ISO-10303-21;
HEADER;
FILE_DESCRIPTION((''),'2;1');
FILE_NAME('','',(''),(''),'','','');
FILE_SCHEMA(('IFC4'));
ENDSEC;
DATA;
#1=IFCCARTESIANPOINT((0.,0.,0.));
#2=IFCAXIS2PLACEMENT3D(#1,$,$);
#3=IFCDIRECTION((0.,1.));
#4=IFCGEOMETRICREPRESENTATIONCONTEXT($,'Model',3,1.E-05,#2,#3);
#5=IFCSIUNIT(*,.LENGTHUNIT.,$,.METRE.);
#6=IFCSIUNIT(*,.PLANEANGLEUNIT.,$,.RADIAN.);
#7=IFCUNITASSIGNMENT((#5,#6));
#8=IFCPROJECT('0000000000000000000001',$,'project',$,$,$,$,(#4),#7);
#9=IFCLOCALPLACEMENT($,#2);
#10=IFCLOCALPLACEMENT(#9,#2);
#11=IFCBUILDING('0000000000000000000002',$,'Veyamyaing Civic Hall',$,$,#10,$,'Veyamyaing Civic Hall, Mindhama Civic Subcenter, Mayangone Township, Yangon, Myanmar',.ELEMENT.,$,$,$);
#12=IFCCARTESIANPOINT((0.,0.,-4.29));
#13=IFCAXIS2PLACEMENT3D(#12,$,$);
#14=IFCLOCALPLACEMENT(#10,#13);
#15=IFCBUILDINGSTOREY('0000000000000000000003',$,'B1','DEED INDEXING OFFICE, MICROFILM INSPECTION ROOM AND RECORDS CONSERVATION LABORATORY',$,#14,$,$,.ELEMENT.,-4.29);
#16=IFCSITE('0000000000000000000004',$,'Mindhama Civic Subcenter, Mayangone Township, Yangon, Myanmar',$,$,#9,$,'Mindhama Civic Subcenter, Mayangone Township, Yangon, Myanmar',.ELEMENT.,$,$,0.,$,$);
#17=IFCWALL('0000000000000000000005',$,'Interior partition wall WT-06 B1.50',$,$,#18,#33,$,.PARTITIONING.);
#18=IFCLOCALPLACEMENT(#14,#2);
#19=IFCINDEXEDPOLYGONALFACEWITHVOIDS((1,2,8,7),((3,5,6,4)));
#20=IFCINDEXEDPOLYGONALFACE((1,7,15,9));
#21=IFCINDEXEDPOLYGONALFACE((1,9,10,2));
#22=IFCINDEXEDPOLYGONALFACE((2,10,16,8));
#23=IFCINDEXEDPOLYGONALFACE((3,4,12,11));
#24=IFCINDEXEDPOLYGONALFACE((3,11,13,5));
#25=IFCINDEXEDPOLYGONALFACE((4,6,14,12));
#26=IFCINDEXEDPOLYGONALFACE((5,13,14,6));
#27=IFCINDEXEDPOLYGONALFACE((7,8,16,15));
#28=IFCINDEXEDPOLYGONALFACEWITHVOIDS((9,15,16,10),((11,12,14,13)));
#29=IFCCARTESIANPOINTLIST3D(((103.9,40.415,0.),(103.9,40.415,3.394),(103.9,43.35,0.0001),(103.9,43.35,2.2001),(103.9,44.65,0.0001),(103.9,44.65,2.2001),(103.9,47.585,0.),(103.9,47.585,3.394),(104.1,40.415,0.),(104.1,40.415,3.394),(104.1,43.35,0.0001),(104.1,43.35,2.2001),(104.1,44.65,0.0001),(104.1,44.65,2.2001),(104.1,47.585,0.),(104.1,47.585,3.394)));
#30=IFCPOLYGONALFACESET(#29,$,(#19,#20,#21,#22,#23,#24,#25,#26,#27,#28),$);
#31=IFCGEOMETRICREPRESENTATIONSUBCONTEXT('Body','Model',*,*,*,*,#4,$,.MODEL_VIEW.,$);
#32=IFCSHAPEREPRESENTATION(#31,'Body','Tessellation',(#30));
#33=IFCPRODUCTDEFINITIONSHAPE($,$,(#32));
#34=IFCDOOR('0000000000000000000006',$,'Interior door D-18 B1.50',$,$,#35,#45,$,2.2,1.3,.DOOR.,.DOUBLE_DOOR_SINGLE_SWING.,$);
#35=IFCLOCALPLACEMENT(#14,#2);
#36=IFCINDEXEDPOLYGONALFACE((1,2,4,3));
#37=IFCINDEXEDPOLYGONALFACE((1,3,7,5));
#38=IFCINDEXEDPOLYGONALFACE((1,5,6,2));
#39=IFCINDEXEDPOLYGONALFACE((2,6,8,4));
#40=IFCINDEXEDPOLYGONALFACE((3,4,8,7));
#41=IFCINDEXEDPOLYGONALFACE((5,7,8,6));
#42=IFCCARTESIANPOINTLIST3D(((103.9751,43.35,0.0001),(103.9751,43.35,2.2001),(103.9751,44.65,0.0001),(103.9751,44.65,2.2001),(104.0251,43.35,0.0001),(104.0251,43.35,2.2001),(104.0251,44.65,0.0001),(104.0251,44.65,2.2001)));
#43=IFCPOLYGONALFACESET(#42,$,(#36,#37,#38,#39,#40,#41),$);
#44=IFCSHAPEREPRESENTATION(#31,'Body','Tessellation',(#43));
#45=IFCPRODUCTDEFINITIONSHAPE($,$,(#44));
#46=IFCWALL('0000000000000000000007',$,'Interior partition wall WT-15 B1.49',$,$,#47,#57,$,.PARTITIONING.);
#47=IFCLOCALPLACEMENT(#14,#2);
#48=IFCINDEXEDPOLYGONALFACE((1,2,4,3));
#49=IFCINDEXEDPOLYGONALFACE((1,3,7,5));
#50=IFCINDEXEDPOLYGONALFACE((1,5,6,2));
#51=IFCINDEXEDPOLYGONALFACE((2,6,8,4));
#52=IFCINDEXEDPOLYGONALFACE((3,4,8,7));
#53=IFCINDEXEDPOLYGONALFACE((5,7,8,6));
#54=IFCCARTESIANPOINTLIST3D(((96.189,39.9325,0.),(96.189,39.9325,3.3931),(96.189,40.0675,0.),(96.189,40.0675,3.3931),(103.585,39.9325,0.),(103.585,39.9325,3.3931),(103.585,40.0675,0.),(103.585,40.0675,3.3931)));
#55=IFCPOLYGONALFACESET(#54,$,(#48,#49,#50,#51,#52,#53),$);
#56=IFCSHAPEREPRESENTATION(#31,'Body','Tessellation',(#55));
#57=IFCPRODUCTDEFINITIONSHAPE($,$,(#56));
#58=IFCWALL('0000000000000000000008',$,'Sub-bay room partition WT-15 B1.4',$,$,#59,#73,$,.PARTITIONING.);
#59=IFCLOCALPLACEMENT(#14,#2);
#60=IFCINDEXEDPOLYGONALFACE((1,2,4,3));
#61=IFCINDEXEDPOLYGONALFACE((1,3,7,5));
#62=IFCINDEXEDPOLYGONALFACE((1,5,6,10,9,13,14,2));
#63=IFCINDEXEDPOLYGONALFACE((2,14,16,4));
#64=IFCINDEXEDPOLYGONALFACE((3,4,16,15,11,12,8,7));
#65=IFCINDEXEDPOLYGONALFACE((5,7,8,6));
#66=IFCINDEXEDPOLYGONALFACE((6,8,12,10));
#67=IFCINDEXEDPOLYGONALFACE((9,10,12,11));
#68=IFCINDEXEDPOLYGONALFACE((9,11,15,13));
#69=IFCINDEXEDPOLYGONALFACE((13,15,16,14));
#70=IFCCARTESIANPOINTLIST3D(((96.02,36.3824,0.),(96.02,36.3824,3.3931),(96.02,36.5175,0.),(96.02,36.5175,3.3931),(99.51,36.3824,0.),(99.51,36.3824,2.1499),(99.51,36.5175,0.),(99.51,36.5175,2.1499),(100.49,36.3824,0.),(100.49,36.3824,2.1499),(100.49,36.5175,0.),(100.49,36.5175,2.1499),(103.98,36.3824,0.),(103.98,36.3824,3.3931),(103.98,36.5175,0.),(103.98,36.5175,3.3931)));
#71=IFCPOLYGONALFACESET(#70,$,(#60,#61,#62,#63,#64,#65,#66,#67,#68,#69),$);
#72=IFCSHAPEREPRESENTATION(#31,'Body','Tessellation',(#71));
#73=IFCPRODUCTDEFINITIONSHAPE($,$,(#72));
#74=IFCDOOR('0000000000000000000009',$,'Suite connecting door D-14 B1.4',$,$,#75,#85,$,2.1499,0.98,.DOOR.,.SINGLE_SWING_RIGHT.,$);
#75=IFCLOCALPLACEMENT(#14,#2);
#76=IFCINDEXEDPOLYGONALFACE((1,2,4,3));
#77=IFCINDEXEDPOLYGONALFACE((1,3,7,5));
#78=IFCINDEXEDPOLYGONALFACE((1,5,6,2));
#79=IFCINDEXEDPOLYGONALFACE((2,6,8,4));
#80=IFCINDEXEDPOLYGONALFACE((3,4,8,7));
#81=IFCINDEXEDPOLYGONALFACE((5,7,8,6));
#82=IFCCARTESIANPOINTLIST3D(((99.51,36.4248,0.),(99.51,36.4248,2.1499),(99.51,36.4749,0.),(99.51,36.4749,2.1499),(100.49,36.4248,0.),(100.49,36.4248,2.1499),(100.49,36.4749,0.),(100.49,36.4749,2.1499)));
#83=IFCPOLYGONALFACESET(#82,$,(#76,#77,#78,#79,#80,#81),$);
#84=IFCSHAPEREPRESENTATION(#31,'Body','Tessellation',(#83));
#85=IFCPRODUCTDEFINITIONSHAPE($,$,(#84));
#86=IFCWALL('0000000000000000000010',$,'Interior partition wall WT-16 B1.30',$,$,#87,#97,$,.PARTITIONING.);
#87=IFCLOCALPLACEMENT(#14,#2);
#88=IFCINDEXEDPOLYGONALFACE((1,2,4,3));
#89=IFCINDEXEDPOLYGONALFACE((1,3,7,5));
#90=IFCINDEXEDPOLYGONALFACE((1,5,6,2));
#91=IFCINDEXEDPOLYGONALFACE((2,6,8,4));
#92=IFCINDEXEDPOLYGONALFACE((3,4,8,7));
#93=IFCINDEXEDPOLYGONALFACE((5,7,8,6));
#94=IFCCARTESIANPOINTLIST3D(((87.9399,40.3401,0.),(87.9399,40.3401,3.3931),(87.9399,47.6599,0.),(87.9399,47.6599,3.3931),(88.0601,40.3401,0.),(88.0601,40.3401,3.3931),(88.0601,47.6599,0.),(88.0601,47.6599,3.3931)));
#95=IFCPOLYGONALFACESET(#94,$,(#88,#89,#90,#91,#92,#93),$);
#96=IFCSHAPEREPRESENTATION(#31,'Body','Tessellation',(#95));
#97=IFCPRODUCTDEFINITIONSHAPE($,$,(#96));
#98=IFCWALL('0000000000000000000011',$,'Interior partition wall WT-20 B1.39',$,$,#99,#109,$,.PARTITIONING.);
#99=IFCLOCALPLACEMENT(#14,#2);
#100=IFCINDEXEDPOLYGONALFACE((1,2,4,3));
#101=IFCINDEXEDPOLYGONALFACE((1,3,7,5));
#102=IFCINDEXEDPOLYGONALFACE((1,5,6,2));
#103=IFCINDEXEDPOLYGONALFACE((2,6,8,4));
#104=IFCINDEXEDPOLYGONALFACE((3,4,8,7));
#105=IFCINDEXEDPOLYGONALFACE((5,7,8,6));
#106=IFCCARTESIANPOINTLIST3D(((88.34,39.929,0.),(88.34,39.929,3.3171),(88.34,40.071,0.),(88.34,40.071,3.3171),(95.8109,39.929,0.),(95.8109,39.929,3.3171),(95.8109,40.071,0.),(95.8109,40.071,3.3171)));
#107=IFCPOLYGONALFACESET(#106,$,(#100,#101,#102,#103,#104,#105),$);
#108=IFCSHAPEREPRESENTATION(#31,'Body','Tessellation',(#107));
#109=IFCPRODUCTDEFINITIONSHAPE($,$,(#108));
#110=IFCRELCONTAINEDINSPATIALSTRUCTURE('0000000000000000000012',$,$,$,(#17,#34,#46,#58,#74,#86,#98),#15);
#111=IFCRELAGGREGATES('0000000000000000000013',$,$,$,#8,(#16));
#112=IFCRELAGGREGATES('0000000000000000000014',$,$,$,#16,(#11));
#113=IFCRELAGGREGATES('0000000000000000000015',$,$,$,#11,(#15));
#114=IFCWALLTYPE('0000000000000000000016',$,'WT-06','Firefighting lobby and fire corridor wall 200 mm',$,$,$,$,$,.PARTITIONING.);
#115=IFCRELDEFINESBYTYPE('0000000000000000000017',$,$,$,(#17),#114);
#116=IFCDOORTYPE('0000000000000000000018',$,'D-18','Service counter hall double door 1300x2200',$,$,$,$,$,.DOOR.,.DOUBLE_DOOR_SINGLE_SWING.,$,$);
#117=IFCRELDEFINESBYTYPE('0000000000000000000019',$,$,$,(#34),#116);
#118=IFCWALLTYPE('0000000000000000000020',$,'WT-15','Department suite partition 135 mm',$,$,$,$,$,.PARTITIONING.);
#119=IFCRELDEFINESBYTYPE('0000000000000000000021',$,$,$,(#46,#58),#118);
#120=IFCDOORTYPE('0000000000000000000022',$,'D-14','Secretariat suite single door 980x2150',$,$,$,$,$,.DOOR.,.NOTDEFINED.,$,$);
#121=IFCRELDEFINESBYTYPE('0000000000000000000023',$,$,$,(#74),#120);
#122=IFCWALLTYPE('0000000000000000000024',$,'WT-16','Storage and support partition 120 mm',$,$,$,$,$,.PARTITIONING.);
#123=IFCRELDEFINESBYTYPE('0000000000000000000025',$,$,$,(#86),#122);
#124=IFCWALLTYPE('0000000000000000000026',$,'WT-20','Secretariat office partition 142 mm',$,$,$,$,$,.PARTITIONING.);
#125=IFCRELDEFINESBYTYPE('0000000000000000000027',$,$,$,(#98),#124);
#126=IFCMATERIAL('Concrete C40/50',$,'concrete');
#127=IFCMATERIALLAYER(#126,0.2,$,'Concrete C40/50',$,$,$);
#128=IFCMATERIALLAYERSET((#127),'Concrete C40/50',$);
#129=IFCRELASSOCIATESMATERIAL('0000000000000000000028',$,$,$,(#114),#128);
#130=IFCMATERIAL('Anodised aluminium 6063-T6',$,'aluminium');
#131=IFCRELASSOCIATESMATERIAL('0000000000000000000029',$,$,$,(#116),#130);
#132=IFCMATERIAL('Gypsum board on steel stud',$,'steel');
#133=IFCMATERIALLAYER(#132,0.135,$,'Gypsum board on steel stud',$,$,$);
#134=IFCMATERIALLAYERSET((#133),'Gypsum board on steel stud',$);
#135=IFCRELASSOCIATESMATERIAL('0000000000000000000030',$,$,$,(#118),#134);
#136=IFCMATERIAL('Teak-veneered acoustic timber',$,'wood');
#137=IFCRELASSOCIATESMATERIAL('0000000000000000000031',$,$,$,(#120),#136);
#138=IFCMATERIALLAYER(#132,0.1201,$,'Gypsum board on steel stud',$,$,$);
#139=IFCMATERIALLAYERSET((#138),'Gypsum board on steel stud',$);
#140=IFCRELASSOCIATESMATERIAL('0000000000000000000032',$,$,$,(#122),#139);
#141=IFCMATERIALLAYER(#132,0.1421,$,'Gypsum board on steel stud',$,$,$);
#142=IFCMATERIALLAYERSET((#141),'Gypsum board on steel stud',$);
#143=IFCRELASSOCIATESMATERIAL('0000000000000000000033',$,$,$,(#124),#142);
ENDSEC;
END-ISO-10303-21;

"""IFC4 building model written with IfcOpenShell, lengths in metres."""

from ifc_helpers import new_model, si_unit, direction, frame, frame_2d, origin, place, context, subcontext, project, spatial, rectangle, extrude, material, layer, layer_set, type_object, element, fill, save


model = new_model("IFC4")

# Units and contexts
model_context = context("Model", 3, precision=1e-05, world=origin(), true_north=direction((0.0, 1.0)))
body_context = subcontext(model_context, "Body", "Model", "MODEL_VIEW")
ifc_project = project(units=[si_unit("LENGTHUNIT", "METRE"), si_unit("PLANEANGLEUNIT", "RADIAN")], contexts=[model_context])

# Site, building, storey
site_placement = place(None, origin())
site = spatial("IfcSite", under=ifc_project, at=site_placement, Name="Mindhama Civic Subcenter, Mayangone Township, Yangon, Myanmar", LongName="Mindhama Civic Subcenter, Mayangone Township, Yangon, Myanmar", CompositionType="ELEMENT", RefElevation=0.0)
building_placement = place(site_placement, origin())
building = spatial("IfcBuilding", under=site, at=building_placement, Name="Veyamyaing Civic Hall", LongName="Veyamyaing Civic Hall, Mindhama Civic Subcenter, Mayangone Township, Yangon, Myanmar", CompositionType="ELEMENT")
storey_placement = place(building_placement, frame((0.0, 0.0, -4.29)))
storey = spatial("IfcBuildingStorey", under=building, at=storey_placement, Name="B1", Description="DEED INDEXING OFFICE, MICROFILM INSPECTION ROOM AND RECORDS CONSERVATION LABORATORY", CompositionType="ELEMENT", Elevation=-4.29)

# Shared definitions
ifc_material_1 = material(Name="Concrete C40/50", Category="concrete")

# Wall, opening, door
ifc_layer_1 = layer(ifc_material_1, 0.2, Name="Concrete C40/50")
ifc_layer_set_1 = layer_set([ifc_layer_1], Name="Concrete C40/50")
wall_type_1 = type_object("IfcWallType", Name="WT-06", Description="Firefighting lobby and fire corridor wall 200 mm", PredefinedType="PARTITIONING", material=ifc_layer_set_1)
ifc_material_2 = material(Name="Anodised aluminium 6063-T6", Category="aluminium")
door_type_1 = type_object("IfcDoorType", Name="D-18", Description="Service counter hall double door 1300x2200", OperationType="DOUBLE_DOOR_SINGLE_SWING", PredefinedType="DOOR", material=ifc_material_2)
wall_1_placement = place(storey_placement, frame((104.0, 40.415, 0.0), z_axis=(0.0, 0.0, 1.0), x_axis=(0.0, 1.0, 0.0)))
wall_1 = element("IfcWall", 1, at=wall_1_placement, inside=storey, type_object=wall_type_1, Name="Interior partition wall WT-06 B1.50", PredefinedType="PARTITIONING", context=body_context, shape_type="SweptSolid", body=[
    extrude(rectangle(XDim=7.1699, YDim=0.2, at=frame_2d((3.585, 0.0))), origin(), (0.0, 0.0, 1.0), 3.394),
])
opening_1_placement = place(wall_1_placement, frame((2.9351, 0.0, 0.0)))
opening_1 = element("IfcOpeningElement", 2, at=opening_1_placement, cuts=wall_1, PredefinedType="OPENING", context=body_context, shape_type="SweptSolid", body=[
    extrude(rectangle(XDim=1.3, YDim=2.2, at=frame_2d((0.6499, 1.1001))), frame((0.0, 0.1099, 0.0), z_axis=(0.0, -1.0, 0.0), x_axis=(1.0, 0.0, 0.0)), (0.0, 0.0, 1.0), 0.22),
])
door_1_placement = place(opening_1_placement, origin())
door_1 = element("IfcDoor", 3, at=door_1_placement, inside=storey, type_object=door_type_1, Name="Interior door D-18 B1.50", OperationType="DOUBLE_DOOR_SINGLE_SWING", OverallHeight=2.2, OverallWidth=1.3, PredefinedType="DOOR", context=body_context, shape_type="SweptSolid", body=[
    extrude(rectangle(XDim=1.3, YDim=2.2, at=frame_2d((0.6499, 1.1001))), frame((0.0, 0.0249, 0.0), z_axis=(0.0, -1.0, 0.0), x_axis=(1.0, 0.0, 0.0)), (0.0, 0.0, 1.0), 0.05),
])
fill(opening_1, door_1)

# Wall
ifc_material_3 = material(Name="Gypsum board on steel stud", Category="steel")
ifc_layer_2 = layer(ifc_material_3, 0.135, Name="Gypsum board on steel stud")
ifc_layer_set_2 = layer_set([ifc_layer_2], Name="Gypsum board on steel stud")
wall_type_2 = type_object("IfcWallType", Name="WT-15", Description="Department suite partition 135 mm", PredefinedType="PARTITIONING", material=ifc_layer_set_2)
wall_2_placement = place(storey_placement, frame((96.189, 40.0, 0.0), z_axis=(0.0, 0.0, 1.0), x_axis=(1.0, 0.0, 0.0)))
element("IfcWall", 4, at=wall_2_placement, inside=storey, type_object=wall_type_2, Name="Interior partition wall WT-15 B1.49", PredefinedType="PARTITIONING", context=body_context, shape_type="SweptSolid", body=[
    extrude(rectangle(XDim=7.396, YDim=0.135, at=frame_2d((3.698, 0.0))), origin(), (0.0, 0.0, 1.0), 3.3931),
])

# Wall, opening, door
wall_3_placement = place(storey_placement, frame((96.02, 36.45, 0.0), z_axis=(0.0, 0.0, 1.0), x_axis=(1.0, 0.0, 0.0)))
wall_3 = element("IfcWall", 5, at=wall_3_placement, inside=storey, type_object=wall_type_2, Name="Sub-bay room partition WT-15 B1.4", PredefinedType="PARTITIONING", context=body_context, shape_type="SweptSolid", body=[
    extrude(rectangle(XDim=7.96, YDim=0.135, at=frame_2d((3.98, 0.0))), origin(), (0.0, 0.0, 1.0), 3.3931),
])
opening_2_placement = place(wall_3_placement, frame((3.49, 0.0, 0.0)))
opening_2 = element("IfcOpeningElement", 6, at=opening_2_placement, cuts=wall_3, PredefinedType="OPENING", context=body_context, shape_type="SweptSolid", body=[
    extrude(rectangle(XDim=0.98, YDim=2.1499, at=frame_2d((0.49, 1.075))), frame((0.0, 0.0774, 0.0), z_axis=(0.0, -1.0, 0.0), x_axis=(1.0, 0.0, 0.0)), (0.0, 0.0, 1.0), 0.155),
])
ifc_material_4 = material(Name="Teak-veneered acoustic timber", Category="wood")
door_type_2 = type_object("IfcDoorType", Name="D-14", Description="Secretariat suite single door 980x2150", OperationType="NOTDEFINED", PredefinedType="DOOR", material=ifc_material_4)
door_2_placement = place(opening_2_placement, origin())
door_2 = element("IfcDoor", 7, at=door_2_placement, inside=storey, type_object=door_type_2, Name="Suite connecting door D-14 B1.4", OperationType="SINGLE_SWING_RIGHT", OverallHeight=2.1499, OverallWidth=0.98, PredefinedType="DOOR", context=body_context, shape_type="SweptSolid", body=[
    extrude(rectangle(XDim=0.98, YDim=2.1499, at=frame_2d((0.49, 1.075))), frame((0.0, 0.0249, 0.0), z_axis=(0.0, -1.0, 0.0), x_axis=(1.0, 0.0, 0.0)), (0.0, 0.0, 1.0), 0.05),
])
fill(opening_2, door_2)

# Walls
ifc_layer_3 = layer(ifc_material_3, 0.1201, Name="Gypsum board on steel stud")
ifc_layer_set_3 = layer_set([ifc_layer_3], Name="Gypsum board on steel stud")
wall_type_3 = type_object("IfcWallType", Name="WT-16", Description="Storage and support partition 120 mm", PredefinedType="PARTITIONING", material=ifc_layer_set_3)
wall_4_placement = place(storey_placement, frame((88.0, 40.3401, 0.0), z_axis=(0.0, 0.0, 1.0), x_axis=(0.0, 1.0, 0.0)))
element("IfcWall", 8, at=wall_4_placement, inside=storey, type_object=wall_type_3, Name="Interior partition wall WT-16 B1.30", PredefinedType="PARTITIONING", context=body_context, shape_type="SweptSolid", body=[
    extrude(rectangle(XDim=7.3198, YDim=0.1201, at=frame_2d((3.6599, 0.0))), origin(), (0.0, 0.0, 1.0), 3.3931),
])
ifc_layer_4 = layer(ifc_material_3, 0.1421, Name="Gypsum board on steel stud")
ifc_layer_set_4 = layer_set([ifc_layer_4], Name="Gypsum board on steel stud")
wall_type_4 = type_object("IfcWallType", Name="WT-20", Description="Secretariat office partition 142 mm", PredefinedType="PARTITIONING", material=ifc_layer_set_4)
wall_5_placement = place(storey_placement, frame((88.3401, 40.0, 0.0), z_axis=(0.0, 0.0, 1.0), x_axis=(1.0, 0.0, 0.0)))
element("IfcWall", 9, at=wall_5_placement, inside=storey, type_object=wall_type_4, Name="Interior partition wall WT-20 B1.39", PredefinedType="PARTITIONING", context=body_context, shape_type="SweptSolid", body=[
    extrude(rectangle(XDim=7.4709, YDim=0.1421, at=frame_2d((3.7354, 0.0))), origin(), (0.0, 0.0, 1.0), 3.3171),
])

save(model, "model.ifc")
